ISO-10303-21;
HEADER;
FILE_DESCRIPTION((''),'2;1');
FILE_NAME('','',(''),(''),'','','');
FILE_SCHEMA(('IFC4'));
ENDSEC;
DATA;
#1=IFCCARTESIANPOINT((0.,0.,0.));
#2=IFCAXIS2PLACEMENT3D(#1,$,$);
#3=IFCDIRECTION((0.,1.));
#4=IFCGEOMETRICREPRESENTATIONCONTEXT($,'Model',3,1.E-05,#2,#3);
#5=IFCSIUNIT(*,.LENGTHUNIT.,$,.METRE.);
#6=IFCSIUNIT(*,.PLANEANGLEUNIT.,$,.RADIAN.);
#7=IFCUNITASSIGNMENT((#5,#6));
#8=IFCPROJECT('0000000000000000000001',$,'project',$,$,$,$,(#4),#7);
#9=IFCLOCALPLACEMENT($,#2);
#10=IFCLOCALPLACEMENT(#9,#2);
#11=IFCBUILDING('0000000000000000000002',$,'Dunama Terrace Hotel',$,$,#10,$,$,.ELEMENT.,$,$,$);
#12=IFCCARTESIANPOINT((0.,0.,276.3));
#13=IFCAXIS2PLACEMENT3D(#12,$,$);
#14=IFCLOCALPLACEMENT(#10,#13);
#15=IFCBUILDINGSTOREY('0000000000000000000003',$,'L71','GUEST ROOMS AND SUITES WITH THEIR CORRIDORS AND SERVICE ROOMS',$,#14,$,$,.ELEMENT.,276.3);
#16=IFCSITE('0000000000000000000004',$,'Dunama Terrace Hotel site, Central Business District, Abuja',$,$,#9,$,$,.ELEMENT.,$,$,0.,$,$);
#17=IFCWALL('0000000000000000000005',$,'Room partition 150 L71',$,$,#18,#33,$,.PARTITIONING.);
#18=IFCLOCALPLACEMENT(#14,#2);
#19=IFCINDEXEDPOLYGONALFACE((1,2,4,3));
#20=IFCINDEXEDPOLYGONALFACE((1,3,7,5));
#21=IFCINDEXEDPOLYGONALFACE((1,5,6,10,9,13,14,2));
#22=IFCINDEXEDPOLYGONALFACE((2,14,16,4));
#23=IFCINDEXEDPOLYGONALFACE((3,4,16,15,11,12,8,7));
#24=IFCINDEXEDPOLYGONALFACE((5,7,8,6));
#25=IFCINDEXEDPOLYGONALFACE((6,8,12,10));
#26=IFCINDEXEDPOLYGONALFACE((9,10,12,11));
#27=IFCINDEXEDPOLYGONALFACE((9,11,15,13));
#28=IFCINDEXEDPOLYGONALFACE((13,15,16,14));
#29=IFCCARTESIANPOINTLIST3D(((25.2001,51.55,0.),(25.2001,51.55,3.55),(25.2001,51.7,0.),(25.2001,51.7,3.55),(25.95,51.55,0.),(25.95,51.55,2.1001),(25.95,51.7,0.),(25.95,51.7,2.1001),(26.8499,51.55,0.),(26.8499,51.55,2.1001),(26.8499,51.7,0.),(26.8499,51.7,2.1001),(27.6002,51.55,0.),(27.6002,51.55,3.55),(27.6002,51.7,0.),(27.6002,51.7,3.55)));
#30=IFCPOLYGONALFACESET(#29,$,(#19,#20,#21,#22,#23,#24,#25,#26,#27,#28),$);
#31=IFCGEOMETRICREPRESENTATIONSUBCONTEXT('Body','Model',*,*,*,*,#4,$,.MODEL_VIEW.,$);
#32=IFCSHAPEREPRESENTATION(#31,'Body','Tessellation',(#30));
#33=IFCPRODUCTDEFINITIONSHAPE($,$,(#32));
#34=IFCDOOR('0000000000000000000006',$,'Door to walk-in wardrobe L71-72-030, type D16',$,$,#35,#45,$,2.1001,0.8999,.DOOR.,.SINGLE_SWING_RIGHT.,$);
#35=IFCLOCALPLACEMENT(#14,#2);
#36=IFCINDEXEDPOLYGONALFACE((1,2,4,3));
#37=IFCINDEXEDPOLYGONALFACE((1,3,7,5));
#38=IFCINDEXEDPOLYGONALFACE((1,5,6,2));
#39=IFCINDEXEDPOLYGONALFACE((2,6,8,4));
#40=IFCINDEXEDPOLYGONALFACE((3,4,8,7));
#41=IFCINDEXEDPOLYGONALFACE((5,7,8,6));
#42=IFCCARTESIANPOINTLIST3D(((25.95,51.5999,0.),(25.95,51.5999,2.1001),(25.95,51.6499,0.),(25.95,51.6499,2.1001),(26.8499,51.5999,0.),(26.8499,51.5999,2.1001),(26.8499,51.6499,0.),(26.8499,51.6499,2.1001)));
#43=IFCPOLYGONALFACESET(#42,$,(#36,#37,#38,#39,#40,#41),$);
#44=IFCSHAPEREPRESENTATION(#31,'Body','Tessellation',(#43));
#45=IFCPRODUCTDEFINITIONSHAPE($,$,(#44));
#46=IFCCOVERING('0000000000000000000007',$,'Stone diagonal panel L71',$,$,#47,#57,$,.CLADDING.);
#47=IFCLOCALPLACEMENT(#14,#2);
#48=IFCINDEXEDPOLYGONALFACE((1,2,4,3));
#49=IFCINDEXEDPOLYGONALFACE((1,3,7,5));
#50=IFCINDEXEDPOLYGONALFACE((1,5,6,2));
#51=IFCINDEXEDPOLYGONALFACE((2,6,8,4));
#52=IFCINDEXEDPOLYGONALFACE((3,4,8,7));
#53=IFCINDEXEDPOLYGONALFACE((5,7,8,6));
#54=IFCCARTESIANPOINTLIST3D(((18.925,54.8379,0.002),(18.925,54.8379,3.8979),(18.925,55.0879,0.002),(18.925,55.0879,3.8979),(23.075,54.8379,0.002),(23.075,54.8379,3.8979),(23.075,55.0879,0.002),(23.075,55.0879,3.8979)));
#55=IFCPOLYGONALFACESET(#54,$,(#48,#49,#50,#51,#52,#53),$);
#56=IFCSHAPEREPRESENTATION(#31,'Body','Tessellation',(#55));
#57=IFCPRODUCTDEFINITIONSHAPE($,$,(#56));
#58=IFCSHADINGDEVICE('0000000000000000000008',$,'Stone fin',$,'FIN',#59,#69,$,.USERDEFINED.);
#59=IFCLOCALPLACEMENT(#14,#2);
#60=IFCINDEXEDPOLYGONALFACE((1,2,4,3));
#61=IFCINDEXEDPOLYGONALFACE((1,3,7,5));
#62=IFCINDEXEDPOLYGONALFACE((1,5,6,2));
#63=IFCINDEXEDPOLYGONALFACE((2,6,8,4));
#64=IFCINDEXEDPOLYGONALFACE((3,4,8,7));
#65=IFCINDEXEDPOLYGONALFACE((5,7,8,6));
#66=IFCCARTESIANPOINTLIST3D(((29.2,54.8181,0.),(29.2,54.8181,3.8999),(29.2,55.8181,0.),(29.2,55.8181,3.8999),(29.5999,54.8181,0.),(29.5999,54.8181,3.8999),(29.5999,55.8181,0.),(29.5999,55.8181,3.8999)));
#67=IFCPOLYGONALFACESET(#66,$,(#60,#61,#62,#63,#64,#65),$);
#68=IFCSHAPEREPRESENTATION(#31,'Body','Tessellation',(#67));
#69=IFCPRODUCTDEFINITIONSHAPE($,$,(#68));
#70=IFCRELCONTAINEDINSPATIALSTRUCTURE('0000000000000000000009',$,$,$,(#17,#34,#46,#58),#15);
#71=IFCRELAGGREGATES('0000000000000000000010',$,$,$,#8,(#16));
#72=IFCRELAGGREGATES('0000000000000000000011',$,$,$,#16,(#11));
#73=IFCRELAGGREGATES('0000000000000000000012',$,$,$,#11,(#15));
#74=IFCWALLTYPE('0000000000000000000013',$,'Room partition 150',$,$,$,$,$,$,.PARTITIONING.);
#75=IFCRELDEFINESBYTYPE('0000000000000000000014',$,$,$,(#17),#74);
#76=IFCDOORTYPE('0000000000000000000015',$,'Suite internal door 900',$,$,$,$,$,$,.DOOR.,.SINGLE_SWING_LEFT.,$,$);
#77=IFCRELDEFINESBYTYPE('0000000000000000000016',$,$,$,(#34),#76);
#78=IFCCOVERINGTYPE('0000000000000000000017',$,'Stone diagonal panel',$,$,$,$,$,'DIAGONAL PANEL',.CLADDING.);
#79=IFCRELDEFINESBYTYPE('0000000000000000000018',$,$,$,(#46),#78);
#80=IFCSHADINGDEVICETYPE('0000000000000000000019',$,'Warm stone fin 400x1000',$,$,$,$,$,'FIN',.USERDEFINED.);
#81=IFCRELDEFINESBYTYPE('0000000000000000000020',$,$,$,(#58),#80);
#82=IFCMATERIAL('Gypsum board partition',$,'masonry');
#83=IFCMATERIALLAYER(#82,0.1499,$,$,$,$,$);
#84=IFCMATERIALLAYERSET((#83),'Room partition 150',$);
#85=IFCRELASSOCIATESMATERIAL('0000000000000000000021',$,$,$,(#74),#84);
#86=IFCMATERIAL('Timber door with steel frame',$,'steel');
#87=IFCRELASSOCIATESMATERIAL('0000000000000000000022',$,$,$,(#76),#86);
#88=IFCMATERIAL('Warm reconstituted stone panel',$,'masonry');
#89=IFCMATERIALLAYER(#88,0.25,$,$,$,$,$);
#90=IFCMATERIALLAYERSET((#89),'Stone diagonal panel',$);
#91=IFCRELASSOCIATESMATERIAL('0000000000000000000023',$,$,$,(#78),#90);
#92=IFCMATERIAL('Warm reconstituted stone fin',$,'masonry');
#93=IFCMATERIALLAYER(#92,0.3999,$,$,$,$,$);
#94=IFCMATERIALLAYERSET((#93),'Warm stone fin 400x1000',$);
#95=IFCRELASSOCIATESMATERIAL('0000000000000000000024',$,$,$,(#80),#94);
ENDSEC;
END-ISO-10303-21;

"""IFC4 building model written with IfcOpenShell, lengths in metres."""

from ifc_helpers import new_model, si_unit, direction, frame, frame_2d, origin, origin_2d, place, context, subcontext, project, spatial, rectangle, extrude, material, layer, layer_set, type_object, element, fill, save


model = new_model("IFC4")

# Units and contexts
model_context = context("Model", 3, precision=1e-05, world=origin(), true_north=direction((0.0, 1.0)))
body_context = subcontext(model_context, "Body", "Model", "MODEL_VIEW")
ifc_project = project(units=[si_unit("LENGTHUNIT", "METRE"), si_unit("PLANEANGLEUNIT", "RADIAN")], contexts=[model_context])

# Site, building, storey
site_placement = place(None, origin())
site = spatial("IfcSite", under=ifc_project, at=site_placement, Name="Dunama Terrace Hotel site, Central Business District, Abuja", CompositionType="ELEMENT", RefElevation=0.0)
building_placement = place(site_placement, origin())
building = spatial("IfcBuilding", under=site, at=building_placement, Name="Dunama Terrace Hotel", CompositionType="ELEMENT")
storey_placement = place(building_placement, frame((0.0, 0.0, 276.3)))
storey = spatial("IfcBuildingStorey", under=building, at=storey_placement, Name="L71", Description="GUEST ROOMS AND SUITES WITH THEIR CORRIDORS AND SERVICE ROOMS", CompositionType="ELEMENT", Elevation=276.3)

# Shared definitions
ifc_material_1 = material(Name="Gypsum board partition", Category="masonry")
ifc_layer_1 = layer(ifc_material_1, 0.1499)
ifc_layer_set_1 = layer_set([ifc_layer_1], Name="Room partition 150")
wall_type_1 = type_object("IfcWallType", Name="Room partition 150", PredefinedType="PARTITIONING", material=ifc_layer_set_1)
ifc_material_2 = material(Name="Timber door with steel frame", Category="steel")
door_type_1 = type_object("IfcDoorType", Name="Suite internal door 900", OperationType="SINGLE_SWING_LEFT", PredefinedType="DOOR", material=ifc_material_2)

# Wall, opening, door
wall_1_placement = place(storey_placement, frame((25.2, 51.625, 0.0), z_axis=(0.0, 0.0, 1.0), x_axis=(1.0, 0.0, 0.0)))
wall_1 = element("IfcWall", 1, at=wall_1_placement, inside=storey, type_object=wall_type_1, Name="Room partition 150 L71", PredefinedType="PARTITIONING", context=body_context, shape_type="SweptSolid", body=[
    extrude(rectangle(XDim=2.4001, YDim=0.1499, at=frame_2d((1.2002, 0.0))), origin(), (0.0, 0.0, 1.0), 3.55),
])
opening_1_placement = place(wall_1_placement, frame((0.75, 0.0, 0.0)))
opening_1 = element("IfcOpeningElement", 2, at=opening_1_placement, cuts=wall_1, PredefinedType="OPENING", context=body_context, shape_type="SweptSolid", body=[
    extrude(rectangle(XDim=0.8999, YDim=2.1001, at=frame_2d((0.45, 1.05))), frame((0.0, 0.085, 0.0), z_axis=(0.0, -1.0, 0.0), x_axis=(1.0, 0.0, 0.0)), (0.0, 0.0, 1.0), 0.1699),
])
door_1_placement = place(opening_1_placement, frame((0.8999, 0.0, 0.0), z_axis=(0.0, 0.0, 1.0), x_axis=(-1.0, 0.0, 0.0)))
door_1 = element("IfcDoor", 3, at=door_1_placement, inside=storey, type_object=door_type_1, Name="Door to walk-in wardrobe L71-72-030, type D16", OperationType="SINGLE_SWING_RIGHT", OverallHeight=2.1001, OverallWidth=0.8999, PredefinedType="DOOR", context=body_context, shape_type="SweptSolid", body=[
    extrude(rectangle(XDim=0.8999, YDim=2.1001, at=frame_2d((0.45, 1.05))), frame((0.0, 0.0251, 0.0), z_axis=(0.0, -1.0, 0.0), x_axis=(1.0, 0.0, 0.0)), (0.0, 0.0, 1.0), 0.05),
])
fill(opening_1, door_1)

# Covering
ifc_material_3 = material(Name="Warm reconstituted stone panel", Category="masonry")
ifc_layer_2 = layer(ifc_material_3, 0.25)
ifc_layer_set_2 = layer_set([ifc_layer_2], Name="Stone diagonal panel")
covering_type = type_object("IfcCoveringType", Name="Stone diagonal panel", ElementType="DIAGONAL PANEL", PredefinedType="CLADDING", material=ifc_layer_set_2)
covering_placement = place(storey_placement, frame((21.0, 54.9629, 0.002), z_axis=(0.0, 0.0, 1.0), x_axis=(-1.0, 0.0, 0.0)))
element("IfcCovering", 4, at=covering_placement, inside=storey, type_object=covering_type, Name="Stone diagonal panel L71", PredefinedType="CLADDING", context=body_context, shape_type="SweptSolid", body=[
    extrude(rectangle(XDim=4.1499, YDim=0.25, at=origin_2d()), origin(), (0.0, 0.0, 1.0), 3.896),
])

# Shading device
ifc_material_4 = material(Name="Warm reconstituted stone fin", Category="masonry")
ifc_layer_3 = layer(ifc_material_4, 0.3999)
ifc_layer_set_3 = layer_set([ifc_layer_3], Name="Warm stone fin 400x1000")
shading_device_type = type_object("IfcShadingDeviceType", Name="Warm stone fin 400x1000", ElementType="FIN", PredefinedType="USERDEFINED", material=ifc_layer_set_3)
shading_device_placement = place(storey_placement, frame((29.3999, 55.3181, 0.0), z_axis=(0.0, 0.0, 1.0), x_axis=(-1.0, 0.0, 0.0)))
element("IfcShadingDevice", 5, at=shading_device_placement, inside=storey, type_object=shading_device_type, Name="Stone fin", ObjectType="FIN", PredefinedType="USERDEFINED", context=body_context, shape_type="SweptSolid", body=[
    extrude(rectangle(XDim=0.3999, YDim=1.0, at=origin_2d()), origin(), (0.0, 0.0, 1.0), 3.8999),
])

save(model, "model.ifc")
